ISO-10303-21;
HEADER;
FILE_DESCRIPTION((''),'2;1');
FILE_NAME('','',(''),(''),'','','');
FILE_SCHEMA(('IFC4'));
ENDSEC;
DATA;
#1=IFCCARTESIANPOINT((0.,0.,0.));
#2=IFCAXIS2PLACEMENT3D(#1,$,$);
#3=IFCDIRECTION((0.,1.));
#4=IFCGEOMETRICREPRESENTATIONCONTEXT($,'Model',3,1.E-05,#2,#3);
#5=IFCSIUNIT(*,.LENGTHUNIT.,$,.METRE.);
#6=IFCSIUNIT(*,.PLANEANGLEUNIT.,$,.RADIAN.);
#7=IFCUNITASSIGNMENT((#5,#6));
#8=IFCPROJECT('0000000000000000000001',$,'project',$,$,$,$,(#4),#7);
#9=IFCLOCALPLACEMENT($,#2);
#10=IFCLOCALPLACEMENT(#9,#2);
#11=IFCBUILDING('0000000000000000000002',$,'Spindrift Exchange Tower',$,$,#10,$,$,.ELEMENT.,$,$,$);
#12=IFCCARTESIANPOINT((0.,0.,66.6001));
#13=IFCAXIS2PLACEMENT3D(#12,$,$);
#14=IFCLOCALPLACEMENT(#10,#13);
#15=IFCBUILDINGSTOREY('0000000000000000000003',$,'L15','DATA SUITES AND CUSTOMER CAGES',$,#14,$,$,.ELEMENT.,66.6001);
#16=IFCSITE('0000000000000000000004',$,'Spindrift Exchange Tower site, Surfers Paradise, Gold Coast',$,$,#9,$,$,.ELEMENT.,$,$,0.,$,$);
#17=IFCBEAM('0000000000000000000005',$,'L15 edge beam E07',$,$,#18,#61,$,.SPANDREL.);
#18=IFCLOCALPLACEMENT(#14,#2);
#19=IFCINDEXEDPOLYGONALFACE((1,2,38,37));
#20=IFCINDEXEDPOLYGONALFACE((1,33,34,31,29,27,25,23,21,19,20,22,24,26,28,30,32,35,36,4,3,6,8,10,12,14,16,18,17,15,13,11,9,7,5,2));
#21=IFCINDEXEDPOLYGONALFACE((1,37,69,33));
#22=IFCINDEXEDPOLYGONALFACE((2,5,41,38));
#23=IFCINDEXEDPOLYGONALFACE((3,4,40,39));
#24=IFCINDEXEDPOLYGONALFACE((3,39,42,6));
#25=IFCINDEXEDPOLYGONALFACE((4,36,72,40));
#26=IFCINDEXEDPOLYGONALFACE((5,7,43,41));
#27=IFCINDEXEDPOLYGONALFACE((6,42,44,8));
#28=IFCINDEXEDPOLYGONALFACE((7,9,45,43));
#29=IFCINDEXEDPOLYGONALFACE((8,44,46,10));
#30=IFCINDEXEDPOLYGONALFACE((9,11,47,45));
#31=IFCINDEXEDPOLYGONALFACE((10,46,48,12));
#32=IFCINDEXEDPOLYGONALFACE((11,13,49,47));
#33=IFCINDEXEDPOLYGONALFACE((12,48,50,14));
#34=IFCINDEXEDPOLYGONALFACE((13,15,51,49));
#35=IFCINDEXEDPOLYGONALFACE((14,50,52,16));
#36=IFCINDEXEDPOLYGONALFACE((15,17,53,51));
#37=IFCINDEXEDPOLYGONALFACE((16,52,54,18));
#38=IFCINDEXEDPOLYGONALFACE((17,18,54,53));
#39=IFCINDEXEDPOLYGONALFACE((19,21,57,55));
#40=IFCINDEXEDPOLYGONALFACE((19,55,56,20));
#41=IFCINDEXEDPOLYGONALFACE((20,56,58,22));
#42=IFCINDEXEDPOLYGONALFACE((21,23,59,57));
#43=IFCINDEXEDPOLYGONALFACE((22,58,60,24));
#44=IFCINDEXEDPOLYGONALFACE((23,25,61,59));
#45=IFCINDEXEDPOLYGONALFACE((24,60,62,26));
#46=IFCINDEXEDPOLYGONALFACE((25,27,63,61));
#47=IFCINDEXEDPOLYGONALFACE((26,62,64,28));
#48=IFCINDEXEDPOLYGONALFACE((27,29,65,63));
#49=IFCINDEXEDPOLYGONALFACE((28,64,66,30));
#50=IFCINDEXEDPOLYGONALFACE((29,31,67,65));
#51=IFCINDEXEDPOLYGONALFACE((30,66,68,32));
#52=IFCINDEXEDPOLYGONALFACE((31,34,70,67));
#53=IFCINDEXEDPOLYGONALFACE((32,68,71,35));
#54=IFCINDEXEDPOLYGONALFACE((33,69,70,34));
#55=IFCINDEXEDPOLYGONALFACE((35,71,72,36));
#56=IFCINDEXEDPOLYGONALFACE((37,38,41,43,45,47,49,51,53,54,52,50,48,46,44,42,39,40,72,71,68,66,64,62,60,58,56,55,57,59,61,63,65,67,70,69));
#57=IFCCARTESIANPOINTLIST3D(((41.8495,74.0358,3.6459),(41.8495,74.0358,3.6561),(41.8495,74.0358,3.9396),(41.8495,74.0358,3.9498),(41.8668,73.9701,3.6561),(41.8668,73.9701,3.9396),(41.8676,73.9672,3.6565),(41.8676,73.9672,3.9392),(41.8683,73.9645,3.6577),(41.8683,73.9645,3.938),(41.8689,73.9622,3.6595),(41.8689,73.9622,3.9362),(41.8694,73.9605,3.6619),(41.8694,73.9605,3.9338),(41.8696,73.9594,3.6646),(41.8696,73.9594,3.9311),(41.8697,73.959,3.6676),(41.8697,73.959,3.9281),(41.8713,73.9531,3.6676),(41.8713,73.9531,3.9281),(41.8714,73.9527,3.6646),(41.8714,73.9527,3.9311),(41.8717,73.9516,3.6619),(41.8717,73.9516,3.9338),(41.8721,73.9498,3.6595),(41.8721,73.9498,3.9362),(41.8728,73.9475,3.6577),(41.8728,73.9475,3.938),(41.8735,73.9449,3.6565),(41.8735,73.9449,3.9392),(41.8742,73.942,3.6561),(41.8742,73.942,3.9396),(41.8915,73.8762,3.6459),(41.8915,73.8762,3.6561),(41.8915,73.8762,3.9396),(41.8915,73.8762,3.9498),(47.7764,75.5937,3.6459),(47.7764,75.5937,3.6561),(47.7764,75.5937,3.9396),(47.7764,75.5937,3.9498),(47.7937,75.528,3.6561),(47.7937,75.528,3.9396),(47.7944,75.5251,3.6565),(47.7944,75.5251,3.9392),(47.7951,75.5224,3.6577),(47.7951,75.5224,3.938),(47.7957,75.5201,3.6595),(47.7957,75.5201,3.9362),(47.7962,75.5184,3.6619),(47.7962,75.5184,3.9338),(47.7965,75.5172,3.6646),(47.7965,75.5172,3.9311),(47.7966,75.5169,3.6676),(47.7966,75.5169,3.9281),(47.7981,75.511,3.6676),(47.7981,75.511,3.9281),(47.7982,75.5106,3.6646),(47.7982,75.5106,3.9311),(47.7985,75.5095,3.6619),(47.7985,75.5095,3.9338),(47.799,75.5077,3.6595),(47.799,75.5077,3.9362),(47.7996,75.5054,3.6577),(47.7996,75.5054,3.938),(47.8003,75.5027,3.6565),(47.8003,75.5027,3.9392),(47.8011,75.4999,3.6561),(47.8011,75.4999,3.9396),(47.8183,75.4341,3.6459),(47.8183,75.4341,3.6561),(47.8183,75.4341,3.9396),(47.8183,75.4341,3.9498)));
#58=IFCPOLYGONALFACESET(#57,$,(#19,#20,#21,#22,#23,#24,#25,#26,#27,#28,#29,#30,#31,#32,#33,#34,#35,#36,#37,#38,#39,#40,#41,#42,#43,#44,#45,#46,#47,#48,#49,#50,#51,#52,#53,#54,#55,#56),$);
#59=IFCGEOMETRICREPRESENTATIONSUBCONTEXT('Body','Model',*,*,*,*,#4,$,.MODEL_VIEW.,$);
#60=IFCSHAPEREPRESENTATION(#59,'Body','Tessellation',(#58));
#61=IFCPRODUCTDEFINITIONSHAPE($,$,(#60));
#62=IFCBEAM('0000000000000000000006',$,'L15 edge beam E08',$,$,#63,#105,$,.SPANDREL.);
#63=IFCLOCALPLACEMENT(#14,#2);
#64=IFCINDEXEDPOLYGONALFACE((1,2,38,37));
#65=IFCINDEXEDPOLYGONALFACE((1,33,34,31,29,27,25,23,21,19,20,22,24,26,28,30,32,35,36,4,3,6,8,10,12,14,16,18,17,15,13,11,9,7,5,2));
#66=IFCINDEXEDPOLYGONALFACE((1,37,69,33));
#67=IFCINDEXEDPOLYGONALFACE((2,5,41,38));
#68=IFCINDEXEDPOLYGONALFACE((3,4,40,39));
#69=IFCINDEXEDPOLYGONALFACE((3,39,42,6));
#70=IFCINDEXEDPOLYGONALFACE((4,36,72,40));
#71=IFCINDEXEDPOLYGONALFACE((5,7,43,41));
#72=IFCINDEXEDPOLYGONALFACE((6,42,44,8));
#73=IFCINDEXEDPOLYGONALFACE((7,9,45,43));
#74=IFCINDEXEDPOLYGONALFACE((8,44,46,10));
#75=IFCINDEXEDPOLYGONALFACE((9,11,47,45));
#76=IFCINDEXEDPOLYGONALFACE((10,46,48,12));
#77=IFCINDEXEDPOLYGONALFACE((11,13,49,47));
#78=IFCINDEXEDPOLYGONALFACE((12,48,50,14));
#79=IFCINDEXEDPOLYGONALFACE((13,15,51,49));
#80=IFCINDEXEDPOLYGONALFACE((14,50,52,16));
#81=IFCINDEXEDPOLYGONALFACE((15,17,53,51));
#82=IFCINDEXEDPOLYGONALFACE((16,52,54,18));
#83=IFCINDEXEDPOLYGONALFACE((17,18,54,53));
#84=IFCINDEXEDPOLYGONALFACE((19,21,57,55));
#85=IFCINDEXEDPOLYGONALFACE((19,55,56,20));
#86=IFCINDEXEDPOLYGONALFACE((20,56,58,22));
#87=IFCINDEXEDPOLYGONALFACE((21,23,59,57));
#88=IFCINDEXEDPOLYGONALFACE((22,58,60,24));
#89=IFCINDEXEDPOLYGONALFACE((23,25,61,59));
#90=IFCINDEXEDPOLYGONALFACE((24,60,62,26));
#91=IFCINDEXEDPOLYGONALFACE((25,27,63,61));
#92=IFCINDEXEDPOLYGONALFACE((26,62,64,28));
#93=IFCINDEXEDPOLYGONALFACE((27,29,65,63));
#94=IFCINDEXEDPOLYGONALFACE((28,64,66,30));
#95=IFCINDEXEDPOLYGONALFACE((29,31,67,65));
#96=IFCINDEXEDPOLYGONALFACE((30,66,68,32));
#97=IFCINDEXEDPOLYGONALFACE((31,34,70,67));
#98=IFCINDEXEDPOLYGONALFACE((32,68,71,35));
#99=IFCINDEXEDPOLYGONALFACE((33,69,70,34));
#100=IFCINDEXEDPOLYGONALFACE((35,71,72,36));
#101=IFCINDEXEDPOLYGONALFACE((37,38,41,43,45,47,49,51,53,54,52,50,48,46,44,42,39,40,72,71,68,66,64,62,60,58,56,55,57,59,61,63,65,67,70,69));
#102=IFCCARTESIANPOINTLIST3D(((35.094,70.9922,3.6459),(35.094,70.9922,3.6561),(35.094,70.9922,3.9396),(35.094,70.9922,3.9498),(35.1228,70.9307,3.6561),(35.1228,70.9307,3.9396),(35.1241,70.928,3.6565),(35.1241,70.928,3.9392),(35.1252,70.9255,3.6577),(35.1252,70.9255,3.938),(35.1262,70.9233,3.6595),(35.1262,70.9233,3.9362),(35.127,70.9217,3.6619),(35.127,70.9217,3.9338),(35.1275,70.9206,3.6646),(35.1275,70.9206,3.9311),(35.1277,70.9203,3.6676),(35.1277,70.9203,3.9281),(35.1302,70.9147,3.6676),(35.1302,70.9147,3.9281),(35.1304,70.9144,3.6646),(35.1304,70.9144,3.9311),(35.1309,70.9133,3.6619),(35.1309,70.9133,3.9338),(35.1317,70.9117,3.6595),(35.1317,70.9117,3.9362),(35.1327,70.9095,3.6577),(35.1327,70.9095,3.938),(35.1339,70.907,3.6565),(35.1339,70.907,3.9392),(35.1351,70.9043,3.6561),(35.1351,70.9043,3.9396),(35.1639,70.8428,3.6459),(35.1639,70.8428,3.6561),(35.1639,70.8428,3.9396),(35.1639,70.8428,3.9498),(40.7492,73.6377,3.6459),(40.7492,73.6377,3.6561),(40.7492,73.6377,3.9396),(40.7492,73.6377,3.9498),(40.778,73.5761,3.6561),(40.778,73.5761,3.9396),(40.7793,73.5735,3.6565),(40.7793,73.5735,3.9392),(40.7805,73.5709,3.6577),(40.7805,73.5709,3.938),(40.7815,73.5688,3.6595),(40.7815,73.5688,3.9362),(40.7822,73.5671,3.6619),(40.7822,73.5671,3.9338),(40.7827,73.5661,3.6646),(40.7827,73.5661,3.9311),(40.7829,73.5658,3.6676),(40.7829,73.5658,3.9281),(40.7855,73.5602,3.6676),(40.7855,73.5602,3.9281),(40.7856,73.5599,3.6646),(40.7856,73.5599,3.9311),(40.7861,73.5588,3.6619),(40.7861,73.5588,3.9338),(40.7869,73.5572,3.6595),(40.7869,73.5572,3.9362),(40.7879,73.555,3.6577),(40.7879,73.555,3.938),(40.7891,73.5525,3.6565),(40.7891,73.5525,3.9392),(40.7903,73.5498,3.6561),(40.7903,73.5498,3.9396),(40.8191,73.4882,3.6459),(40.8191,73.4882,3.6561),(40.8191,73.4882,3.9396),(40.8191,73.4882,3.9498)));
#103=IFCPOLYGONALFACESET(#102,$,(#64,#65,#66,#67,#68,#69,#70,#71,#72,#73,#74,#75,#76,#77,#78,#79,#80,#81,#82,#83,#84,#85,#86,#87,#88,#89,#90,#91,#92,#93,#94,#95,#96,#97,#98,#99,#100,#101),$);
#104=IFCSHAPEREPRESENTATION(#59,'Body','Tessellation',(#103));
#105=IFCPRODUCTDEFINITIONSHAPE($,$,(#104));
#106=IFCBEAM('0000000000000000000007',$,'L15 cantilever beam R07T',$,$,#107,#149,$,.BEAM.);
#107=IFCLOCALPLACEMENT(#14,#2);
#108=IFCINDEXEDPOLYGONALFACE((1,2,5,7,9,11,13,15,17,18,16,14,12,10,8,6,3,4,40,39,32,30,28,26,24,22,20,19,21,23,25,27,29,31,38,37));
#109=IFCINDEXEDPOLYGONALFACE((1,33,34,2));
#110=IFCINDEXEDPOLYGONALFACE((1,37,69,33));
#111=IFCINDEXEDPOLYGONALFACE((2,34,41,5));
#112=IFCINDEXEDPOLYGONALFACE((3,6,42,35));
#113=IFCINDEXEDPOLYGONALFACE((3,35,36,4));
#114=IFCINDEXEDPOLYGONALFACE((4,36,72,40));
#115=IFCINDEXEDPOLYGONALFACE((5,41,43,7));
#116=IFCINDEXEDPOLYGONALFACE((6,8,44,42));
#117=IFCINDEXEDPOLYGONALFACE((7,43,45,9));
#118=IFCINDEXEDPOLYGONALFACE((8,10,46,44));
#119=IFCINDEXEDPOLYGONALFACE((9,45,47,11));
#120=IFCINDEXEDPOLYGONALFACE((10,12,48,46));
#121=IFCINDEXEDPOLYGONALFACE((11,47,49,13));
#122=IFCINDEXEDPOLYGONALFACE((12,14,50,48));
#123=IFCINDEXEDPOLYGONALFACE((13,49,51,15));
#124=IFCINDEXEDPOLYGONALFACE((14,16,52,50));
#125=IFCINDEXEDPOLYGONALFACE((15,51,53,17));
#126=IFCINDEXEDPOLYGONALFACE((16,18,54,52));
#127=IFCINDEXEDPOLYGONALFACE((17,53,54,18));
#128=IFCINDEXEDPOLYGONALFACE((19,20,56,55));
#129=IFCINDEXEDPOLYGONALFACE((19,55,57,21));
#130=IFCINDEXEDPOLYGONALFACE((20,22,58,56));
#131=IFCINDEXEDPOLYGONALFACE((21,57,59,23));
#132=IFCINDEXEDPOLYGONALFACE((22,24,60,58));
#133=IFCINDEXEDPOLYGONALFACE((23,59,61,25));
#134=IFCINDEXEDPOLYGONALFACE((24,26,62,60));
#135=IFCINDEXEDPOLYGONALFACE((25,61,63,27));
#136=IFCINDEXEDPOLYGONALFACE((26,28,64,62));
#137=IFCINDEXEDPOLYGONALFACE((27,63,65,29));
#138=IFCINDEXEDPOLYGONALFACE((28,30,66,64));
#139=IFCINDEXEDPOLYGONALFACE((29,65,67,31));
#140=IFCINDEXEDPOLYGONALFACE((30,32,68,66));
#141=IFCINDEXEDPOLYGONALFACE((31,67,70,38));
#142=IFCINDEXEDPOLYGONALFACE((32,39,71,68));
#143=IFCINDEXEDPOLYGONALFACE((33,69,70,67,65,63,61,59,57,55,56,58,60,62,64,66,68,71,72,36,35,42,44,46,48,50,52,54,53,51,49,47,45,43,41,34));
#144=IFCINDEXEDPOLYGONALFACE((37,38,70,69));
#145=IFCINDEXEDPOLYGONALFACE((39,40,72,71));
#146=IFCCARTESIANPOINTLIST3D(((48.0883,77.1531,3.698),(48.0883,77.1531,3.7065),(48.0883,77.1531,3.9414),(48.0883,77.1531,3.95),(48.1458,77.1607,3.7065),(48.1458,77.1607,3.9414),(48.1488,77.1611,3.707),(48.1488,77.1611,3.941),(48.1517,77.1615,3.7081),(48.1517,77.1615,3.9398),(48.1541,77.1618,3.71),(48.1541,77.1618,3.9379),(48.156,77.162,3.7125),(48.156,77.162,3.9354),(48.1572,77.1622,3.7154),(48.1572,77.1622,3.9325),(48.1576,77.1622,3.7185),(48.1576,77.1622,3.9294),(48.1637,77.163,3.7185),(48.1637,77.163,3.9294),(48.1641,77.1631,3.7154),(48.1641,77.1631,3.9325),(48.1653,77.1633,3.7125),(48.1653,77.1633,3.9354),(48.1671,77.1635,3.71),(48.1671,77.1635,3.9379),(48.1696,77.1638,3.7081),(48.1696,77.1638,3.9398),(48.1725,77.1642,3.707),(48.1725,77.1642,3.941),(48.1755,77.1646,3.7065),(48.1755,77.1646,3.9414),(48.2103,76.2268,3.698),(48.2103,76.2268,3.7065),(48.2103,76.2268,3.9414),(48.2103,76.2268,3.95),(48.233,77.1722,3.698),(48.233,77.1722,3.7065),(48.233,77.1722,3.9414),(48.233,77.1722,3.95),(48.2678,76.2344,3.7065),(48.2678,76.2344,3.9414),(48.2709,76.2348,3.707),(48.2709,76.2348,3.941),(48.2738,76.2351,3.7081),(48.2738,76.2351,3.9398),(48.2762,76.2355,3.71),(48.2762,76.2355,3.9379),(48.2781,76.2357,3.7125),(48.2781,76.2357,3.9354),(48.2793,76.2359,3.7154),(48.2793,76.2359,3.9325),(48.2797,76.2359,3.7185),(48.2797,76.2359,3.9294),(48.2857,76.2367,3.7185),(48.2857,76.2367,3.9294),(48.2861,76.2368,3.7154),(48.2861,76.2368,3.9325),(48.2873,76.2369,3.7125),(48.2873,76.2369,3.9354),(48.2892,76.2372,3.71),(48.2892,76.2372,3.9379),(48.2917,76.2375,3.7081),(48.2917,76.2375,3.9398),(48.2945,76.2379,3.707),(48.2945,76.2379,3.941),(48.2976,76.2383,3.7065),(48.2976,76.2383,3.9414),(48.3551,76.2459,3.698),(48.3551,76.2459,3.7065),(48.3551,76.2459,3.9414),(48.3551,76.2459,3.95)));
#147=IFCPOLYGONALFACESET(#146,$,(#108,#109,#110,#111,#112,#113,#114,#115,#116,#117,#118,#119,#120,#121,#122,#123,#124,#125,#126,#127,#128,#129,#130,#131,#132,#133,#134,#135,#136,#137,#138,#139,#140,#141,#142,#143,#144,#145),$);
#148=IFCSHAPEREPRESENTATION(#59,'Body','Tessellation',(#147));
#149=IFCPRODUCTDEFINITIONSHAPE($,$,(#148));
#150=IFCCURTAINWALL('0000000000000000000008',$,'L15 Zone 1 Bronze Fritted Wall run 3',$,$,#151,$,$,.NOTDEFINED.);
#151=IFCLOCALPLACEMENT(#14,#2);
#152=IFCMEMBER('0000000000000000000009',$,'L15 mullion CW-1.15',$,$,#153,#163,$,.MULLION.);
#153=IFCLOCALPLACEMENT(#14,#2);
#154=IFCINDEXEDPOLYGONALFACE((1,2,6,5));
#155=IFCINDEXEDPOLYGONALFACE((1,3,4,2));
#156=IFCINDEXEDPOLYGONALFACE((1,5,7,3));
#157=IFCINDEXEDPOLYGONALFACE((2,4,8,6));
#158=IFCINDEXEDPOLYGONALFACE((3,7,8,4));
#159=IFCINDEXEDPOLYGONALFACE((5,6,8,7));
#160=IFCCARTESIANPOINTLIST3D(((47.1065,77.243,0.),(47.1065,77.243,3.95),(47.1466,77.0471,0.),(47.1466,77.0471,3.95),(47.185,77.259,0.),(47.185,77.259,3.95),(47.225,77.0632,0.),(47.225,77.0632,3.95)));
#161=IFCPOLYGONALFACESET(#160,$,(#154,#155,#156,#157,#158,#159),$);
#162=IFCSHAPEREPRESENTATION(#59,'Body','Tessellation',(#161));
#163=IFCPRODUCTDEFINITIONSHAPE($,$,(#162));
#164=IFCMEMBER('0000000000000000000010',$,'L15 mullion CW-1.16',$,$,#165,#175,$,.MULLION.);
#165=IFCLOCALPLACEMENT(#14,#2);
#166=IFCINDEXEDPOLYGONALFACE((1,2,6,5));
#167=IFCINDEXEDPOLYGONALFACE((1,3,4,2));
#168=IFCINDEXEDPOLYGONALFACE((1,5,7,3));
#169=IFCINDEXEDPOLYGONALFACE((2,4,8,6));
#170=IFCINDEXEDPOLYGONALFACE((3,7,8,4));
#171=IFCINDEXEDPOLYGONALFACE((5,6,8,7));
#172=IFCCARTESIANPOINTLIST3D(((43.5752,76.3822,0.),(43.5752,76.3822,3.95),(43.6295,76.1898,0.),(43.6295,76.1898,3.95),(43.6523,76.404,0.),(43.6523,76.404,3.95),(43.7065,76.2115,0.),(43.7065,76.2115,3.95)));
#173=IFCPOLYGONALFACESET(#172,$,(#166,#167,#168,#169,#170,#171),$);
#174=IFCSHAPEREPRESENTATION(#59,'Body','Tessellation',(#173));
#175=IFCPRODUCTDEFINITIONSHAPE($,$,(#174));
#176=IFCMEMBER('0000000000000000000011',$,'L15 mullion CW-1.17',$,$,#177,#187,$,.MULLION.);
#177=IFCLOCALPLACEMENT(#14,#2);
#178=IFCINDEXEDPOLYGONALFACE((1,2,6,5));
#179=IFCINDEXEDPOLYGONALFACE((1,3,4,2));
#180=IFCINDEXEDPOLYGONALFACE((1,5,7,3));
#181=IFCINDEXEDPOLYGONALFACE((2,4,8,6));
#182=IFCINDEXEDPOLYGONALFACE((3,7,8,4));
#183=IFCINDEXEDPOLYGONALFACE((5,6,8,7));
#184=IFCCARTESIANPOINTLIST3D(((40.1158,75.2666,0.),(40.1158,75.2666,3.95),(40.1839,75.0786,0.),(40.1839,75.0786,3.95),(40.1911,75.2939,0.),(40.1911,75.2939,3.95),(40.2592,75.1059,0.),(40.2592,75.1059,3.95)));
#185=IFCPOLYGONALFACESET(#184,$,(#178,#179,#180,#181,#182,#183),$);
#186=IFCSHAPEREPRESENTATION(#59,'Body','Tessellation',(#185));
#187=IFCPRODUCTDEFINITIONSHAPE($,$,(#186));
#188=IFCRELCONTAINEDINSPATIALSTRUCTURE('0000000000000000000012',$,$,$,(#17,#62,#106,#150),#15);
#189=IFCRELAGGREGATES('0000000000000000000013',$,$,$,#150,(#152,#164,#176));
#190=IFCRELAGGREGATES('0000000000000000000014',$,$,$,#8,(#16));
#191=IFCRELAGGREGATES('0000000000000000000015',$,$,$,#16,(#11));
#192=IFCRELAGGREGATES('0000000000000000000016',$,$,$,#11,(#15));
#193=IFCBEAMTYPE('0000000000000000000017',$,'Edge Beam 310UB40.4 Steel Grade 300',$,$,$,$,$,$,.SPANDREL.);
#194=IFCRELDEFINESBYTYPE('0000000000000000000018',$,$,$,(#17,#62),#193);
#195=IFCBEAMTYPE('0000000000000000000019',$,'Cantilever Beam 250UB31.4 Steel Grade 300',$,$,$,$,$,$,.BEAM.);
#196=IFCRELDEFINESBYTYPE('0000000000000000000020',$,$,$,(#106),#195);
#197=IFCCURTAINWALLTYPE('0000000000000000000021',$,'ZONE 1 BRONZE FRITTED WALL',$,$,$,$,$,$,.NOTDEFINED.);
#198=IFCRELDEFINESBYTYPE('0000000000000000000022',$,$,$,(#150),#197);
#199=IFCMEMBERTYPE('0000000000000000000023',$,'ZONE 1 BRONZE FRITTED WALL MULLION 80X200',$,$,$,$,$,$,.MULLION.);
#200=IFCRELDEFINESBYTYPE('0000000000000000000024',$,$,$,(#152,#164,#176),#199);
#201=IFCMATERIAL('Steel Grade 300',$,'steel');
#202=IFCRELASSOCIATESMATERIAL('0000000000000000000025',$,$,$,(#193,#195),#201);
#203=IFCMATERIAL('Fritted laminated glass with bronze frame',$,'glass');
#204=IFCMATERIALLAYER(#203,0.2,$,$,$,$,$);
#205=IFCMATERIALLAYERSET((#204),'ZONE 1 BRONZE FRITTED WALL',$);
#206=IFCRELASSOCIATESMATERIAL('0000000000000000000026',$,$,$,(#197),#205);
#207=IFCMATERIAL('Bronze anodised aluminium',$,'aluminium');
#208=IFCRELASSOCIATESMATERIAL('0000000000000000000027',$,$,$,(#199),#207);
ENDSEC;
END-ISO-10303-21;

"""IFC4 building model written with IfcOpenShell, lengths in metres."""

from ifc_helpers import new_model, si_unit, direction, frame, origin, origin_2d, place, context, subcontext, project, spatial, rectangle, i_section, extrude, source, transform, mapped, material, layer, layer_set, material_profile, profile_set, type_object, element, aggregate, save


model = new_model("IFC4")

# Units and contexts
model_context = context("Model", 3, precision=1e-05, world=origin(), true_north=direction((0.0, 1.0)))
body_context = subcontext(model_context, "Body", "Model", "MODEL_VIEW")
ifc_project = project(units=[si_unit("LENGTHUNIT", "METRE"), si_unit("PLANEANGLEUNIT", "RADIAN")], contexts=[model_context])

# Site, building, storey
site_placement = place(None, origin())
site = spatial("IfcSite", under=ifc_project, at=site_placement, Name="Spindrift Exchange Tower site, Surfers Paradise, Gold Coast", CompositionType="ELEMENT", RefElevation=0.0)
building_placement = place(site_placement, origin())
building = spatial("IfcBuilding", under=site, at=building_placement, Name="Spindrift Exchange Tower", CompositionType="ELEMENT")
storey_placement = place(building_placement, frame((0.0, 0.0, 66.6001)))
storey = spatial("IfcBuildingStorey", under=building, at=storey_placement, Name="L15", Description="DATA SUITES AND CUSTOMER CAGES", CompositionType="ELEMENT", Elevation=66.6001)

# Beams
ifc_material_1 = material(Name="Steel Grade 300", Category="steel")
ifc_material_profile_1 = material_profile(ifc_material_1, i_section(OverallWidth=0.165, OverallDepth=0.304, WebThickness=0.0061, FlangeThickness=0.0103, FilletRadius=0.0115, at=origin_2d()), Name="310UB40.4")
ifc_profile_set_1 = profile_set([ifc_material_profile_1], Name="Steel Grade 300")
beam_type_1 = type_object("IfcBeamType", Name="Edge Beam 310UB40.4 Steel Grade 300", PredefinedType="SPANDREL", material=ifc_profile_set_1)
shared_shape_1 = source(origin(), body_context, "Body", "SweptSolid", [
    extrude(i_section(OverallWidth=0.165, OverallDepth=0.304, WebThickness=0.0061, FlangeThickness=0.0103, FilletRadius=0.0115, at=origin_2d()), origin(), (0.0, 0.0, 1.0), 6.1282),
])
beam_1_placement = place(storey_placement, frame((47.7974, 75.5139, 3.7979), z_axis=(-0.967147, -0.254217, 0.0), x_axis=(0.254217, -0.967147, 0.0)))
element("IfcBeam", 1, at=beam_1_placement, inside=storey, type_object=beam_type_1, Name="L15 edge beam E07", PredefinedType="SPANDREL", context=body_context, shape_type="MappedRepresentation", body=[
    mapped(shared_shape_1, transform((0.0, 0.0, 0.0), scale=1.0)),
])
shared_shape_2 = source(origin(), body_context, "Body", "SweptSolid", [
    extrude(i_section(OverallWidth=0.165, OverallDepth=0.304, WebThickness=0.0061, FlangeThickness=0.0103, FilletRadius=0.0115, at=origin_2d()), origin(), (0.0, 0.0, 1.0), 6.2434),
])
beam_2_placement = place(storey_placement, frame((40.7842, 73.563, 3.7979), z_axis=(-0.905791, -0.423724, 0.0), x_axis=(0.423724, -0.905791, 0.0)))
element("IfcBeam", 2, at=beam_2_placement, inside=storey, type_object=beam_type_1, Name="L15 edge beam E08", PredefinedType="SPANDREL", context=body_context, shape_type="MappedRepresentation", body=[
    mapped(shared_shape_2, transform((0.0, 0.0, 0.0), scale=1.0)),
])
ifc_material_profile_2 = material_profile(ifc_material_1, i_section(OverallWidth=0.146, OverallDepth=0.252, WebThickness=0.0061, FlangeThickness=0.0085, FilletRadius=0.012, at=origin_2d()), Name="250UB31.4")
ifc_profile_set_2 = profile_set([ifc_material_profile_2], Name="Steel Grade 300")
beam_type_2 = type_object("IfcBeamType", Name="Cantilever Beam 250UB31.4 Steel Grade 300", PredefinedType="BEAM", material=ifc_profile_set_2)
shared_shape_3 = source(origin(), body_context, "Body", "SweptSolid", [
    extrude(i_section(OverallWidth=0.146, OverallDepth=0.252, WebThickness=0.0061, FlangeThickness=0.0085, FilletRadius=0.012, at=origin_2d()), origin(), (0.0, 0.0, 1.0), 0.9343),
])
beam_3_placement = place(storey_placement, frame((48.2827, 76.2363, 3.824), z_axis=(-0.130657, 0.991428, 0.0), x_axis=(-0.991428, -0.130657, 0.0)))
element("IfcBeam", 3, at=beam_3_placement, inside=storey, type_object=beam_type_2, Name="L15 cantilever beam R07T", PredefinedType="BEAM", context=body_context, shape_type="MappedRepresentation", body=[
    mapped(shared_shape_3, transform((0.0, 0.0, 0.0), scale=1.0)),
])

# Curtain wall, members
ifc_material_2 = material(Name="Fritted laminated glass with bronze frame", Category="glass")
ifc_layer_1 = layer(ifc_material_2, 0.2)
ifc_layer_set_1 = layer_set([ifc_layer_1], Name="ZONE 1 BRONZE FRITTED WALL")
curtain_wall_type = type_object("IfcCurtainWallType", Name="ZONE 1 BRONZE FRITTED WALL", PredefinedType="NOTDEFINED", material=ifc_layer_set_1)
curtain_wall_placement = place(storey_placement, origin())
curtain_wall = element("IfcCurtainWall", 4, at=curtain_wall_placement, inside=storey, type_object=curtain_wall_type, Name="L15 Zone 1 Bronze Fritted Wall run 3", PredefinedType="NOTDEFINED")
ifc_material_3 = material(Name="Bronze anodised aluminium", Category="aluminium")
ifc_material_profile_3 = material_profile(ifc_material_3, rectangle(XDim=0.0801, YDim=0.2, at=origin_2d()), Name="ZONE 1 BRONZE FRITTED WALL MULLION 80X200")
ifc_profile_set_3 = profile_set([ifc_material_profile_3], Name="Bronze anodised aluminium")
member_type_1 = type_object("IfcMemberType", Name="ZONE 1 BRONZE FRITTED WALL MULLION 80X200", PredefinedType="MULLION", material=ifc_profile_set_3)
shared_shape_4 = source(origin(), body_context, "Body", "SweptSolid", [
    extrude(rectangle(XDim=0.0801, YDim=0.2, at=origin_2d()), origin(), (0.0, 0.0, 1.0), 3.95),
])
member_1_placement = place(storey_placement, frame((47.1658, 77.1531, 0.0), z_axis=(0.0, 0.0, 1.0), x_axis=(-0.979715, -0.200398, 0.0)))
member_1 = element("IfcMember", 5, at=member_1_placement, type_object=member_type_1, Name="L15 mullion CW-1.15", PredefinedType="MULLION", context=body_context, shape_type="MappedRepresentation", body=[
    mapped(shared_shape_4, transform((0.0, 0.0, 0.0), scale=1.0)),
])
member_2_placement = place(storey_placement, frame((43.6409, 76.2969, 0.0), z_axis=(0.0, 0.0, 1.0), x_axis=(-0.962504, -0.271268, 0.0)))
member_2 = element("IfcMember", 6, at=member_2_placement, type_object=member_type_1, Name="L15 mullion CW-1.16", PredefinedType="MULLION", context=body_context, shape_type="MappedRepresentation", body=[
    mapped(shared_shape_4, transform((0.0, 0.0, 0.0), scale=1.0)),
])
member_3_placement = place(storey_placement, frame((40.1875, 75.1863, 0.0), z_axis=(0.0, 0.0, 1.0), x_axis=(-0.940093, -0.340919, 0.0)))
member_3 = element("IfcMember", 7, at=member_3_placement, type_object=member_type_1, Name="L15 mullion CW-1.17", PredefinedType="MULLION", context=body_context, shape_type="MappedRepresentation", body=[
    mapped(shared_shape_4, transform((0.0, 0.0, 0.0), scale=1.0)),
])
aggregate(curtain_wall, [member_1, member_2, member_3])

save(model, "model.ifc")
